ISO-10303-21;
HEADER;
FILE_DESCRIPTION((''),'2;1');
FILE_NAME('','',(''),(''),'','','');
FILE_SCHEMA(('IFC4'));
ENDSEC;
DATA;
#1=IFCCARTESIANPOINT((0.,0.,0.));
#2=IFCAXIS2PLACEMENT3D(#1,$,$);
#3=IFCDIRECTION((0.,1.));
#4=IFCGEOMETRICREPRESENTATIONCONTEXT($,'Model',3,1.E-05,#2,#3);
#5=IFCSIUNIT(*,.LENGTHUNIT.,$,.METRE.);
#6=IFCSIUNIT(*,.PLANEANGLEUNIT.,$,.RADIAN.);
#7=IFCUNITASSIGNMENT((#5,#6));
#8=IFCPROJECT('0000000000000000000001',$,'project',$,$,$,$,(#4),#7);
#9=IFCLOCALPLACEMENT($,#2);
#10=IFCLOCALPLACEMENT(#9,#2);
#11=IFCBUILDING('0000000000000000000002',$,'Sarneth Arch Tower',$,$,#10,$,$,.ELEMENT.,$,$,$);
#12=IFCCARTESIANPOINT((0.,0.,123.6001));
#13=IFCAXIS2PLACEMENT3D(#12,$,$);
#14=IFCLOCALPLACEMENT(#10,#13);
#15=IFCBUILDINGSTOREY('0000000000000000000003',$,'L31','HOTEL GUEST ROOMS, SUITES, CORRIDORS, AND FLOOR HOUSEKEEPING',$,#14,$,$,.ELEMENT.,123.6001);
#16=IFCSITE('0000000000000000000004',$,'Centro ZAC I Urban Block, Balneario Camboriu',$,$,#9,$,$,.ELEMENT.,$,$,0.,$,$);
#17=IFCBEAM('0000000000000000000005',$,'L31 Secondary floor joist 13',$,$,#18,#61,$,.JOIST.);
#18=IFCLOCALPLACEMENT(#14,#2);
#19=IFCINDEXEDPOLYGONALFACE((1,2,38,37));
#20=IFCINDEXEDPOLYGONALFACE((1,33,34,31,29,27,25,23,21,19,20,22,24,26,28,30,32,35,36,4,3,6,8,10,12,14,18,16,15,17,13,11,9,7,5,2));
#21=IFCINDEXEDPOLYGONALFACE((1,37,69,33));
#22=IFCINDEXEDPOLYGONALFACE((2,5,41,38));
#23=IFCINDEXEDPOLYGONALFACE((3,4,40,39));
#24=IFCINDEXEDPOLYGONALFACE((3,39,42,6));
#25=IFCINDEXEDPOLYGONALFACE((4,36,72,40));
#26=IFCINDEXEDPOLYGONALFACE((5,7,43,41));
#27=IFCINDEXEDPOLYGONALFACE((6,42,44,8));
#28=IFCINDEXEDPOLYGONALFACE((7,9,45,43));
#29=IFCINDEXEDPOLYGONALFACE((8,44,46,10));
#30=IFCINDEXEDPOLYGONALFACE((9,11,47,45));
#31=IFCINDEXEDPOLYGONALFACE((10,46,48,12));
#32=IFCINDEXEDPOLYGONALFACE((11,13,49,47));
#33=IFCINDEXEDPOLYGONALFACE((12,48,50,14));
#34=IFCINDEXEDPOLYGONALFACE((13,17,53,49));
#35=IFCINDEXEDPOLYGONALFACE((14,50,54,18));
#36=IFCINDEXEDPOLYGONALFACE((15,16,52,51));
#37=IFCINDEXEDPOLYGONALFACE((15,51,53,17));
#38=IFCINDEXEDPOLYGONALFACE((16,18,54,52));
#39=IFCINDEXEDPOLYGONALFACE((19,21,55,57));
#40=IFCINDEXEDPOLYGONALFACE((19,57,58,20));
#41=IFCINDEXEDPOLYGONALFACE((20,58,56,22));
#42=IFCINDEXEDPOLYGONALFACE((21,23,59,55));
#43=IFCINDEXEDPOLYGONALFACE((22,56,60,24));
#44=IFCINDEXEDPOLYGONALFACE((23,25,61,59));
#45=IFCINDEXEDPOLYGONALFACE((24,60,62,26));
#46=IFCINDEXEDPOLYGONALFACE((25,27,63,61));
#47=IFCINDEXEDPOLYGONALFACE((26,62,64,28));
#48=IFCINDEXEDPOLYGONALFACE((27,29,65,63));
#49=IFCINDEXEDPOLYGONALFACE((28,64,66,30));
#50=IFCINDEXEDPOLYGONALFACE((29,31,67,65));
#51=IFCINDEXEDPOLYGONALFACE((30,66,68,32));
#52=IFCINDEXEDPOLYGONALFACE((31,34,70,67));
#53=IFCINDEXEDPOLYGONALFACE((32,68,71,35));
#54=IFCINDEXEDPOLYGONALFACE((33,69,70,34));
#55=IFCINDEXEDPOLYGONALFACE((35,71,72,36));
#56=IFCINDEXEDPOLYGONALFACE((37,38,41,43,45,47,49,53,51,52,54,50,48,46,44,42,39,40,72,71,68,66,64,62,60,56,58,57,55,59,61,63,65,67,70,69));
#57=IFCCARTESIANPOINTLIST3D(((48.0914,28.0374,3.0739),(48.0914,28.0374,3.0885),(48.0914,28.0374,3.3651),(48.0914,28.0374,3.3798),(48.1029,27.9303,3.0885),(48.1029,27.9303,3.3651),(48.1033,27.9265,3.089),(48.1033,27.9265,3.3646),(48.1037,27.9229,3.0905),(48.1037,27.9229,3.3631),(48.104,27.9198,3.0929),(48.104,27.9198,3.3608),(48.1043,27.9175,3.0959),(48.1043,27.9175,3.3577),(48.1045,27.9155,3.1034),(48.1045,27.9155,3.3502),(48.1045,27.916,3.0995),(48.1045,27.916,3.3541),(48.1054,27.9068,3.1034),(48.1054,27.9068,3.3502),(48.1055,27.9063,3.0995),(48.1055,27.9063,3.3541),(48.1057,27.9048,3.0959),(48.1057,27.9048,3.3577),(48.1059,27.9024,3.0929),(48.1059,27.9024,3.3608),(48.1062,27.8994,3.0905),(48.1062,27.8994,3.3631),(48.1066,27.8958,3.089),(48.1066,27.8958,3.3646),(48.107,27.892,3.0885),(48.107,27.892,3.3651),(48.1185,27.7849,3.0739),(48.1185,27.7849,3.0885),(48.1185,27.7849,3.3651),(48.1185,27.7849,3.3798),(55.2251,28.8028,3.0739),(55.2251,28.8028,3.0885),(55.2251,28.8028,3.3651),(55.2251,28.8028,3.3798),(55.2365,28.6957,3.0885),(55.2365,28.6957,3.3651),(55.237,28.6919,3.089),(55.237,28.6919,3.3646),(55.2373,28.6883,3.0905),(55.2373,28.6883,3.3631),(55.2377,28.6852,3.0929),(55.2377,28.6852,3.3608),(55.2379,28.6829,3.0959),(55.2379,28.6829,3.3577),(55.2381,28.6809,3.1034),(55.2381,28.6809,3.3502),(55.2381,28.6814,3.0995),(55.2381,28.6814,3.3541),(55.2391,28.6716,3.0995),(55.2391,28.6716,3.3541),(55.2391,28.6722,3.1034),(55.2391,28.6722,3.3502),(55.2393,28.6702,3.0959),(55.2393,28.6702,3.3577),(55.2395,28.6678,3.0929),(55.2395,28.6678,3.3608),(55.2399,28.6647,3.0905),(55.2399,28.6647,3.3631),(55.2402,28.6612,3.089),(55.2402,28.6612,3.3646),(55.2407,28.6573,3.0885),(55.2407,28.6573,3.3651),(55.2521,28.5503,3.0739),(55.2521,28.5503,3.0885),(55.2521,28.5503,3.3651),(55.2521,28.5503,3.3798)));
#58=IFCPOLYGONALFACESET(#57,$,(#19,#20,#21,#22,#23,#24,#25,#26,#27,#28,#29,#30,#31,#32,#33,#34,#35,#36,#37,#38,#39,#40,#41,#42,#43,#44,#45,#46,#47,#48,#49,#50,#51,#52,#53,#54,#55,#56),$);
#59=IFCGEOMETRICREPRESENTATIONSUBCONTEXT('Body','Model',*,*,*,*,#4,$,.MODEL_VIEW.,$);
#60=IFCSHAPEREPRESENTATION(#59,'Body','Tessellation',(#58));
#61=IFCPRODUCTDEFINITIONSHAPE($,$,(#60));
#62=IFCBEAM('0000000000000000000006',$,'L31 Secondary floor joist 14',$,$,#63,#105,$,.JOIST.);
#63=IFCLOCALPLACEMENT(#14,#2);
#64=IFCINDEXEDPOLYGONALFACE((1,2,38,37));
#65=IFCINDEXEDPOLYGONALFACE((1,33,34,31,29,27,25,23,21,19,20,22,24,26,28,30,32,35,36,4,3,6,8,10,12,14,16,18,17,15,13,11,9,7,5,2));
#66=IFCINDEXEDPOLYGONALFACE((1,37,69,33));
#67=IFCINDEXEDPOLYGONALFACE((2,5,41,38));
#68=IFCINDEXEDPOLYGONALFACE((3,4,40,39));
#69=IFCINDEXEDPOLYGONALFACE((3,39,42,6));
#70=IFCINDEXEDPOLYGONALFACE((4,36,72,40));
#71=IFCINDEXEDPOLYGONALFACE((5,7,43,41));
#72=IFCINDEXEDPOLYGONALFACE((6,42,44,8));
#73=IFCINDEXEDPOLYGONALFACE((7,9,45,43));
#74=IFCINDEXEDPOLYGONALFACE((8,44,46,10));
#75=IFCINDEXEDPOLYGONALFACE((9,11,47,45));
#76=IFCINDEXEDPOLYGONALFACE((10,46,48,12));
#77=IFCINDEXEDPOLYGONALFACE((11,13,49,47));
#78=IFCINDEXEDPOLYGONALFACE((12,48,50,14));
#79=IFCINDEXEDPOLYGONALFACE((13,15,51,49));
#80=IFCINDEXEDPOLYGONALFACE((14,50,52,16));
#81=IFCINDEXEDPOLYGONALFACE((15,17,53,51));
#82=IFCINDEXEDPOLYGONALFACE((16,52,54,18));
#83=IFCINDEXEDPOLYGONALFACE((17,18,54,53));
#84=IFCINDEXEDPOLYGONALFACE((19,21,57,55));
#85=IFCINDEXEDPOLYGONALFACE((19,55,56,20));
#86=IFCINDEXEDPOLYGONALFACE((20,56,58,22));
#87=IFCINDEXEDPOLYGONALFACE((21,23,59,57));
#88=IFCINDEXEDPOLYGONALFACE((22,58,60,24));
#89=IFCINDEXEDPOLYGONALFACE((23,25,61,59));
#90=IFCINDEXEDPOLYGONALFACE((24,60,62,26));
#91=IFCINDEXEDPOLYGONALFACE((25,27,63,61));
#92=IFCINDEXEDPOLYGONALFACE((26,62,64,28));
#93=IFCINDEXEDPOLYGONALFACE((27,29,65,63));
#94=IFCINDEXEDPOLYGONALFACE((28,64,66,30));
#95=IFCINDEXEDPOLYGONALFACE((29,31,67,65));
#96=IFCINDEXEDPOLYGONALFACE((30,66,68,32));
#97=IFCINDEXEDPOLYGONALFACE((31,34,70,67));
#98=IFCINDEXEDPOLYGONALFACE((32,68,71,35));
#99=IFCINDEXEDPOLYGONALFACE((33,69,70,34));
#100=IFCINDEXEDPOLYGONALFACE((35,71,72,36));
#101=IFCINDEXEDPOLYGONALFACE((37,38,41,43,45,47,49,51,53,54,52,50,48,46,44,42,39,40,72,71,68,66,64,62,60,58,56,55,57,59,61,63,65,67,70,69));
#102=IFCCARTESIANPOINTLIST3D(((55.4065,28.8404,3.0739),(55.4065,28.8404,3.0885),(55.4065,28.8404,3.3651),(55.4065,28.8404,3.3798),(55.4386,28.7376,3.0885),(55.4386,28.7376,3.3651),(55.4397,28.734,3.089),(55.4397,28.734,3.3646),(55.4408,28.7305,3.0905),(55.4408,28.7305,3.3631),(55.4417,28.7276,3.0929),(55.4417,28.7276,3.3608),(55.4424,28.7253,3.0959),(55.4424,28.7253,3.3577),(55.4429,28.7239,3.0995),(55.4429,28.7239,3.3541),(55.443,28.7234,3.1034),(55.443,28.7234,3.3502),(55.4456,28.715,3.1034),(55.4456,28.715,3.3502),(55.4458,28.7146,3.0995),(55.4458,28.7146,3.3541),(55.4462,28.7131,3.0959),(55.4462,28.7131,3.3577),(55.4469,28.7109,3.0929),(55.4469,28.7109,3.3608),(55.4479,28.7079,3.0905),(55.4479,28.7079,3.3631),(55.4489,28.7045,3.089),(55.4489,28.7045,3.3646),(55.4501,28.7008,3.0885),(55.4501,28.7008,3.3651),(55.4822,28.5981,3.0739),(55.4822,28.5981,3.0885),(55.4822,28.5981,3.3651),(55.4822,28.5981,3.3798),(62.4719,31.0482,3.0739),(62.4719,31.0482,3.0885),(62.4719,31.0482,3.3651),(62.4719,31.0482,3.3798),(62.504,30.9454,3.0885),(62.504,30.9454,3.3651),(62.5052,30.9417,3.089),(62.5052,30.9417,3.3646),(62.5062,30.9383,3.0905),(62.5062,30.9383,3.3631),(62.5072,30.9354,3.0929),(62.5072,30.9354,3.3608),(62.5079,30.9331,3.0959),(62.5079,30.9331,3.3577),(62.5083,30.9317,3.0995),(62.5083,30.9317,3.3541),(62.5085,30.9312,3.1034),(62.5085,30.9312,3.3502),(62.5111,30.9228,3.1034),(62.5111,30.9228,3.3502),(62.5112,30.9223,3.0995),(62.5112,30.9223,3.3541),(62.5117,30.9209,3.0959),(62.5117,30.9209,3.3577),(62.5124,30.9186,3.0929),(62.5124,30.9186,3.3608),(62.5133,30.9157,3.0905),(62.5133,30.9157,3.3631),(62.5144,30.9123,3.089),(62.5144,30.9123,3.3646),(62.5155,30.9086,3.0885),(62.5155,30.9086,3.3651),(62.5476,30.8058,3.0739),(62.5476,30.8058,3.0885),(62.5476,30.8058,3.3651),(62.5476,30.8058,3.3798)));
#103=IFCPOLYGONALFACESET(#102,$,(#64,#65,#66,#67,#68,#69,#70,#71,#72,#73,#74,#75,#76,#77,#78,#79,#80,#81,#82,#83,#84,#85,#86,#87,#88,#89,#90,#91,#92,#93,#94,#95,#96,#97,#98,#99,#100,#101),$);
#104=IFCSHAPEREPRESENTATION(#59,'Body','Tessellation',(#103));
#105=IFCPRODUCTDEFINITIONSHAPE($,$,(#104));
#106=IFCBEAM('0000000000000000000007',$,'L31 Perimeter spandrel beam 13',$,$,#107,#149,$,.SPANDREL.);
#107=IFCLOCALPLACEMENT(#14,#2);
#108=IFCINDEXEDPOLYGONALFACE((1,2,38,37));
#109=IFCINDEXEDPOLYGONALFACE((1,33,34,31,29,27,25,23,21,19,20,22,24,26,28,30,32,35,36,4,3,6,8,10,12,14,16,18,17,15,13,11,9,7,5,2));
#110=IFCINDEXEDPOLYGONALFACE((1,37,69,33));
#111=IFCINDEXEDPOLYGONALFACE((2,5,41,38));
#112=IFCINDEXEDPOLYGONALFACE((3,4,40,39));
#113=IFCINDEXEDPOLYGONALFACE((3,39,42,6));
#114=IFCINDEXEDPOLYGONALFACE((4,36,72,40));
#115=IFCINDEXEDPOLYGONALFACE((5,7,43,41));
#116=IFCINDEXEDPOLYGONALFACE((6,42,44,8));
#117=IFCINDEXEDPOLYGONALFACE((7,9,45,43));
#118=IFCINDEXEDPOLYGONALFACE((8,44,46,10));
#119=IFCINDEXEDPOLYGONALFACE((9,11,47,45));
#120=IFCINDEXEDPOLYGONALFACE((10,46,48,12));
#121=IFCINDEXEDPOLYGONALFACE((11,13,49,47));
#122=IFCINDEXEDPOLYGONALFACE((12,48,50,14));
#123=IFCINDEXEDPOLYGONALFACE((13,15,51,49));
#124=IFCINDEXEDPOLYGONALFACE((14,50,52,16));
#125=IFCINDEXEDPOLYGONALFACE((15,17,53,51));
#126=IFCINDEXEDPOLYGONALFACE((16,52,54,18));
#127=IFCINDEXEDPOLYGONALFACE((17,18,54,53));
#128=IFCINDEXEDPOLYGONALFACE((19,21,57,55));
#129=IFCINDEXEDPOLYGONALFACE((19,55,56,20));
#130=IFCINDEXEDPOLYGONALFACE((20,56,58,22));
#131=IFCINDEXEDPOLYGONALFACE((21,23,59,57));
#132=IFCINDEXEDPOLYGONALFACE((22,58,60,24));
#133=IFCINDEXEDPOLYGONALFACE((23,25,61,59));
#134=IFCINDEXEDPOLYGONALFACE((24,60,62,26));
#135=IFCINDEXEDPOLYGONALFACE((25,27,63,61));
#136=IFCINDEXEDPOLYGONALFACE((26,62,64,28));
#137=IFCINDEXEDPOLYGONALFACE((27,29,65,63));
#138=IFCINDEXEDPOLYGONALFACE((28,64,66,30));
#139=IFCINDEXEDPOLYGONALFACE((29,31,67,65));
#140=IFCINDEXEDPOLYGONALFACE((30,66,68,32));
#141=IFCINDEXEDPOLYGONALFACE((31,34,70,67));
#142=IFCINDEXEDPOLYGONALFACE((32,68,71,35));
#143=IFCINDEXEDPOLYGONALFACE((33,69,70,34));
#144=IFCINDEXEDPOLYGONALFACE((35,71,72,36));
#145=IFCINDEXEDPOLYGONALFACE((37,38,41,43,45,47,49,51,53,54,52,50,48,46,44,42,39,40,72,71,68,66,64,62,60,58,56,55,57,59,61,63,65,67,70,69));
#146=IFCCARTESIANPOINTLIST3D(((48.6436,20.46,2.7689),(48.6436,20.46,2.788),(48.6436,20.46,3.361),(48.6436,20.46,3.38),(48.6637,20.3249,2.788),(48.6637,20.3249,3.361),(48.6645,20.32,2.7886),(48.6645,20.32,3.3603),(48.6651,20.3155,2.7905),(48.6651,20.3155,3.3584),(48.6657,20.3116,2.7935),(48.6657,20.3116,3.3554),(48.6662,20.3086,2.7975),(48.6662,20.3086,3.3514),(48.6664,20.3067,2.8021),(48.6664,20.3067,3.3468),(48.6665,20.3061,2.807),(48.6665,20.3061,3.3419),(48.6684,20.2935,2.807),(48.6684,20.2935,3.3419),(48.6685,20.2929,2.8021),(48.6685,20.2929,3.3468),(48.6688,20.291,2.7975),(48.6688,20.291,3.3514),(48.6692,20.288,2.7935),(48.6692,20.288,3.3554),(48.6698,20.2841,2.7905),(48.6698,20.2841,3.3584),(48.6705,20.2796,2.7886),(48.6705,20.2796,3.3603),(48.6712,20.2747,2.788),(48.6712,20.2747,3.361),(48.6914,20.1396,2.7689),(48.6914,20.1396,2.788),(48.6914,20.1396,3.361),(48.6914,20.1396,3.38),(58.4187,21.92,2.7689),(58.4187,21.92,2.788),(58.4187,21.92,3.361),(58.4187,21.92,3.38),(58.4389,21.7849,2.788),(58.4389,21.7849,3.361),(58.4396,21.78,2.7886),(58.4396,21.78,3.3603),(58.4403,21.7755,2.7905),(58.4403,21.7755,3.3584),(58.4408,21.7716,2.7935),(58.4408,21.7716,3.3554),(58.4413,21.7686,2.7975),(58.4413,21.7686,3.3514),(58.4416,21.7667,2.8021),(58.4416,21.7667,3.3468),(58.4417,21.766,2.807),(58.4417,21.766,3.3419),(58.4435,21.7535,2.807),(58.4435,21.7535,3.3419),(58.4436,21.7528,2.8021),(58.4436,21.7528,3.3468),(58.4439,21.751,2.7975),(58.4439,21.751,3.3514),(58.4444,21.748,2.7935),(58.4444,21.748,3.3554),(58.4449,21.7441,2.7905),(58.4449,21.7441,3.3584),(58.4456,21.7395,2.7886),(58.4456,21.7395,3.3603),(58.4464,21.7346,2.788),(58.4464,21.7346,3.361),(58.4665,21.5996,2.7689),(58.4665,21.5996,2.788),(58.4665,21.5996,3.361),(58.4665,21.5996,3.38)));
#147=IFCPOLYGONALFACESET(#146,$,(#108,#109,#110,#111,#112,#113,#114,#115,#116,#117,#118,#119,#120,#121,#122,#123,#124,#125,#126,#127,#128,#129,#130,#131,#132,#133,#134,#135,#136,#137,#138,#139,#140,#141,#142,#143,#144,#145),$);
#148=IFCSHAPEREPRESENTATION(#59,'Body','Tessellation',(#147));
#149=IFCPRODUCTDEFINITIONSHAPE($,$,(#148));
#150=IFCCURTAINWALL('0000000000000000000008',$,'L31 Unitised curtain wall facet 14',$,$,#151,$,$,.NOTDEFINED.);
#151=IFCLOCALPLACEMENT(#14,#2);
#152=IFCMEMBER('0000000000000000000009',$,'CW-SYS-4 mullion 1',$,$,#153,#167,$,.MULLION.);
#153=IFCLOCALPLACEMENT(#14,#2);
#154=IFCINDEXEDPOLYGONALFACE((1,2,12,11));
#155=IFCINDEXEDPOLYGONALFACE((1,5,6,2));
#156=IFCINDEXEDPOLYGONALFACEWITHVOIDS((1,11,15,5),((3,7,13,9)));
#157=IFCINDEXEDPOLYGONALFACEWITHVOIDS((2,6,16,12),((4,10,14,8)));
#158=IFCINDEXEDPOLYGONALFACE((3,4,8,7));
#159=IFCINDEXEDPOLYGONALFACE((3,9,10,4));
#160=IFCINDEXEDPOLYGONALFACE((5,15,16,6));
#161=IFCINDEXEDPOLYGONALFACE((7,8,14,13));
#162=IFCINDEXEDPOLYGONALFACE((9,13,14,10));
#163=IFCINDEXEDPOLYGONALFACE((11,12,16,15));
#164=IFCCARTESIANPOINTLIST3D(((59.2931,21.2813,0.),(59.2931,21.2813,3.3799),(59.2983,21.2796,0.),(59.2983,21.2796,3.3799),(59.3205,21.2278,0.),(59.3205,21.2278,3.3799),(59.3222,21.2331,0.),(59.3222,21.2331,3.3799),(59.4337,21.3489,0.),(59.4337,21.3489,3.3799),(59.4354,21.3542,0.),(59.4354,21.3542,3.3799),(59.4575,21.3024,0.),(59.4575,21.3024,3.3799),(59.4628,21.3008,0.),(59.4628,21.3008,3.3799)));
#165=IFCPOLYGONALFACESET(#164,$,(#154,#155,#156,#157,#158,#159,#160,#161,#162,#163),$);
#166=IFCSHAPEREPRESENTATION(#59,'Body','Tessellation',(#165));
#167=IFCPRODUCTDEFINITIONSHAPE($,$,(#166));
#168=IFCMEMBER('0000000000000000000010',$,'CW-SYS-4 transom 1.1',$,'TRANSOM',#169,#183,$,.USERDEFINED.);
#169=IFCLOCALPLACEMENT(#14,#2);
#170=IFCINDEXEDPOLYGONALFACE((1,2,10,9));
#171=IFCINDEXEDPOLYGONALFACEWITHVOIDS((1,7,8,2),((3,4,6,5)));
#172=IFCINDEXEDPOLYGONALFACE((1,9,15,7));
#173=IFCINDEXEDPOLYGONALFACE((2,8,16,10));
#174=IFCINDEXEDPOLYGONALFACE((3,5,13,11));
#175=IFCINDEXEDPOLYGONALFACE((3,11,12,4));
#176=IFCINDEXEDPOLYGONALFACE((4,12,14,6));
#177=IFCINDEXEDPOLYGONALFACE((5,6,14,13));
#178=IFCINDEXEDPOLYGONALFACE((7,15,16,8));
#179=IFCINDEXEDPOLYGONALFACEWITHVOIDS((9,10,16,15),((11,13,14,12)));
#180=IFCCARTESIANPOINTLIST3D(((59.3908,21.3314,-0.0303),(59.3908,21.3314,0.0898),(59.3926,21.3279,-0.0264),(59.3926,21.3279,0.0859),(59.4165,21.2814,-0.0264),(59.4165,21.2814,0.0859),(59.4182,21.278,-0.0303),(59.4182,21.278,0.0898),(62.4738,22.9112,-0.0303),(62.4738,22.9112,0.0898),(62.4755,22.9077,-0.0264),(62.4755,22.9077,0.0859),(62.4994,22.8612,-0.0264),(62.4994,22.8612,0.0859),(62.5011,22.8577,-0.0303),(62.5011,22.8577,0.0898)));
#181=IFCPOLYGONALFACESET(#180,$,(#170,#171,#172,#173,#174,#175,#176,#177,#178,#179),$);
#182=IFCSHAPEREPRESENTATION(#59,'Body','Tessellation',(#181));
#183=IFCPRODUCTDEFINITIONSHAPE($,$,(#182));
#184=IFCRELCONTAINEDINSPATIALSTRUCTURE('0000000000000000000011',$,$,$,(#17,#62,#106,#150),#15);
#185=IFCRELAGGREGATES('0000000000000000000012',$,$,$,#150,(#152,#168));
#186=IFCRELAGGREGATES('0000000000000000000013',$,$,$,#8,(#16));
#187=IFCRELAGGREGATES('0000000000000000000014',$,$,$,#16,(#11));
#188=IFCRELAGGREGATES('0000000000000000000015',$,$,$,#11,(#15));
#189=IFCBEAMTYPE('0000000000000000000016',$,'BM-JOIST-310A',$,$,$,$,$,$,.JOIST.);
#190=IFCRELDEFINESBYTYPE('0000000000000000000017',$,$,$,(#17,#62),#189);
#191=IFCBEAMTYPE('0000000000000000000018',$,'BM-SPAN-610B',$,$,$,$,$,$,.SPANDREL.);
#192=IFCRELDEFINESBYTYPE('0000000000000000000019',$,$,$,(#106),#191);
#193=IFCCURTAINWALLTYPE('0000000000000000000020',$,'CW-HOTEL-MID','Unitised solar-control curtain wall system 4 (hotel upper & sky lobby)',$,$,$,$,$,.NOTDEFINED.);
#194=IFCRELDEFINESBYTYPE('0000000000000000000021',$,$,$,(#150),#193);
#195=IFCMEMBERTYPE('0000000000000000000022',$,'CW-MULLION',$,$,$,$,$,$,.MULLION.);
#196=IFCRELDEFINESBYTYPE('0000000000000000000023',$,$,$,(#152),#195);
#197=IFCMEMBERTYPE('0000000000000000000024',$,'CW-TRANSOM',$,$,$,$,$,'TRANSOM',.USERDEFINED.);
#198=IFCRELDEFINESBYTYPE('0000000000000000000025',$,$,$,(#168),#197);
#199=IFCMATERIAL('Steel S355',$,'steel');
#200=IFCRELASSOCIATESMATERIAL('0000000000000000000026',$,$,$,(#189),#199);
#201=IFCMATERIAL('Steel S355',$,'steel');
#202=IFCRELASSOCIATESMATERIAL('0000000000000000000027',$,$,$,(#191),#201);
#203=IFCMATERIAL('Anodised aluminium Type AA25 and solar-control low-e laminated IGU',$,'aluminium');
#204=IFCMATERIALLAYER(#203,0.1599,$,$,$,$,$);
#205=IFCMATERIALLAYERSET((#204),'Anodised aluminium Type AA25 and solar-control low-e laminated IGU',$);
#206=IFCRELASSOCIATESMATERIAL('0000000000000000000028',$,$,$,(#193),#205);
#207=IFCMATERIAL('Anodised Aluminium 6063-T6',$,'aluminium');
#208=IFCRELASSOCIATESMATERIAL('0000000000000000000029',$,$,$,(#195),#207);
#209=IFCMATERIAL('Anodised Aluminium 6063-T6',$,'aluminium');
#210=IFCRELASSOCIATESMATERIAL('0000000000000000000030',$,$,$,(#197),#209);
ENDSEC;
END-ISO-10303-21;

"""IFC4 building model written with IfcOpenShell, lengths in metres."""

from ifc_helpers import new_model, si_unit, direction, frame, origin, origin_2d, place, context, subcontext, project, spatial, hollow_rectangle, i_section, extrude, material, layer, layer_set, material_profile, profile_set, type_object, element, aggregate, save


model = new_model("IFC4")

# Units and contexts
model_context = context("Model", 3, precision=1e-05, world=origin(), true_north=direction((0.0, 1.0)))
body_context = subcontext(model_context, "Body", "Model", "MODEL_VIEW")
ifc_project = project(units=[si_unit("LENGTHUNIT", "METRE"), si_unit("PLANEANGLEUNIT", "RADIAN")], contexts=[model_context])

# Site, building, storey
site_placement = place(None, origin())
site = spatial("IfcSite", under=ifc_project, at=site_placement, Name="Centro ZAC I Urban Block, Balneario Camboriu", CompositionType="ELEMENT", RefElevation=0.0)
building_placement = place(site_placement, origin())
building = spatial("IfcBuilding", under=site, at=building_placement, Name="Sarneth Arch Tower", CompositionType="ELEMENT")
storey_placement = place(building_placement, frame((0.0, 0.0, 123.6001)))
storey = spatial("IfcBuildingStorey", under=building, at=storey_placement, Name="L31", Description="HOTEL GUEST ROOMS, SUITES, CORRIDORS, AND FLOOR HOUSEKEEPING", CompositionType="ELEMENT", Elevation=123.6001)

# Beams
ifc_material_1 = material(Name="Steel S355", Category="steel")
ifc_material_profile_1 = material_profile(ifc_material_1, i_section(OverallWidth=0.2539, OverallDepth=0.3059, WebThickness=0.0088, FlangeThickness=0.0146, FilletRadius=0.0149, at=origin_2d()), Name="W310x79")
ifc_profile_set_1 = profile_set([ifc_material_profile_1], Name="Steel S355")
beam_type_1 = type_object("IfcBeamType", Name="BM-JOIST-310A", PredefinedType="JOIST", material=ifc_profile_set_1)
beam_1_placement = place(storey_placement, frame((48.105, 27.9111, 3.2268), z_axis=(0.994293, 0.106681, 0.0), x_axis=(-0.106681, 0.994293, 0.0)))
element("IfcBeam", 1, at=beam_1_placement, inside=storey, type_object=beam_type_1, Name="L31 Secondary floor joist 13", PredefinedType="JOIST", context=body_context, shape_type="SweptSolid", body=[
    extrude(i_section(OverallWidth=0.2539, OverallDepth=0.3059, WebThickness=0.0088, FlangeThickness=0.0146, FilletRadius=0.0149, at=origin_2d()), origin(), (0.0, 0.0, 1.0), 7.1746),
])
beam_2_placement = place(storey_placement, frame((55.4443, 28.7192, 3.2268), z_axis=(0.954487, 0.298252, 0.0), x_axis=(-0.298252, 0.954487, 0.0)))
element("IfcBeam", 2, at=beam_2_placement, inside=storey, type_object=beam_type_1, Name="L31 Secondary floor joist 14", PredefinedType="JOIST", context=body_context, shape_type="SweptSolid", body=[
    extrude(i_section(OverallWidth=0.2539, OverallDepth=0.3059, WebThickness=0.0088, FlangeThickness=0.0146, FilletRadius=0.0149, at=origin_2d()), origin(), (0.0, 0.0, 1.0), 7.4023),
])
ifc_material_2 = material(Name="Steel S355", Category="steel")
ifc_material_profile_2 = material_profile(ifc_material_2, i_section(OverallWidth=0.324, OverallDepth=0.6111, WebThickness=0.0127, FlangeThickness=0.019, FilletRadius=0.019, at=origin_2d()), Name="W610x155")
ifc_profile_set_2 = profile_set([ifc_material_profile_2], Name="Steel S355")
beam_type_2 = type_object("IfcBeamType", Name="BM-SPAN-610B", PredefinedType="SPANDREL", material=ifc_profile_set_2)
beam_3_placement = place(storey_placement, frame((48.6675, 20.2998, 3.0745), z_axis=(0.98903, 0.147716, 0.0), x_axis=(-0.147716, 0.98903, 0.0)))
element("IfcBeam", 3, at=beam_3_placement, inside=storey, type_object=beam_type_2, Name="L31 Perimeter spandrel beam 13", PredefinedType="SPANDREL", context=body_context, shape_type="SweptSolid", body=[
    extrude(i_section(OverallWidth=0.324, OverallDepth=0.6111, WebThickness=0.0127, FlangeThickness=0.019, FilletRadius=0.019, at=origin_2d()), origin(), (0.0, 0.0, 1.0), 9.8835),
])

# Curtain wall, members
ifc_material_3 = material(Name="Anodised aluminium Type AA25 and solar-control low-e laminated IGU", Category="aluminium")
ifc_layer_1 = layer(ifc_material_3, 0.1599)
ifc_layer_set_1 = layer_set([ifc_layer_1], Name="Anodised aluminium Type AA25 and solar-control low-e laminated IGU")
curtain_wall_type = type_object("IfcCurtainWallType", Name="CW-HOTEL-MID", Description="Unitised solar-control curtain wall system 4 (hotel upper & sky lobby)", PredefinedType="NOTDEFINED", material=ifc_layer_set_1)
curtain_wall_placement = place(storey_placement, origin())
curtain_wall = element("IfcCurtainWall", 4, at=curtain_wall_placement, inside=storey, type_object=curtain_wall_type, Name="L31 Unitised curtain wall facet 14", PredefinedType="NOTDEFINED")
ifc_material_4 = material(Name="Anodised Aluminium 6063-T6", Category="aluminium")
ifc_material_profile_3 = material_profile(ifc_material_4, hollow_rectangle(XDim=0.0601, YDim=0.1599, WallThickness=0.0039, at=origin_2d()), Name="AL-MULL-160x60x4")
ifc_profile_set_3 = profile_set([ifc_material_profile_3], Name="Anodised Aluminium 6063-T6")
member_type_1 = type_object("IfcMemberType", Name="CW-MULLION", PredefinedType="MULLION", material=ifc_profile_set_3)
member_1_placement = place(storey_placement, frame((59.3779, 21.291, 0.0), z_axis=(0.0, 0.0, 1.0), x_axis=(-0.456031, 0.889964, 0.0)))
member_1 = element("IfcMember", 5, at=member_1_placement, type_object=member_type_1, Name="CW-SYS-4 mullion 1", PredefinedType="MULLION", context=body_context, shape_type="SweptSolid", body=[
    extrude(hollow_rectangle(XDim=0.0601, YDim=0.1599, WallThickness=0.0039, at=origin_2d()), origin(), (0.0, 0.0, 1.0), 3.3799),
])
ifc_material_5 = material(Name="Anodised Aluminium 6063-T6", Category="aluminium")
ifc_material_profile_4 = material_profile(ifc_material_5, hollow_rectangle(XDim=0.0601, YDim=0.1201, WallThickness=0.0039, at=origin_2d()), Name="AL-TRAN-120x60x4")
ifc_profile_set_4 = profile_set([ifc_material_profile_4], Name="Anodised Aluminium 6063-T6")
member_type_2 = type_object("IfcMemberType", Name="CW-TRANSOM", ElementType="TRANSOM", PredefinedType="USERDEFINED", material=ifc_profile_set_4)
member_2_placement = place(storey_placement, frame((59.4045, 21.3047, 0.0298), z_axis=(0.889958, 0.456043, 0.0), x_axis=(-0.456043, 0.889958, 0.0)))
member_2 = element("IfcMember", 6, at=member_2_placement, type_object=member_type_2, Name="CW-SYS-4 transom 1.1", ObjectType="TRANSOM", PredefinedType="USERDEFINED", context=body_context, shape_type="SweptSolid", body=[
    extrude(hollow_rectangle(XDim=0.0601, YDim=0.1201, WallThickness=0.0039, at=origin_2d()), origin(), (0.0, 0.0, 1.0), 3.4641),
])
aggregate(curtain_wall, [member_1, member_2])

save(model, "model.ifc")
